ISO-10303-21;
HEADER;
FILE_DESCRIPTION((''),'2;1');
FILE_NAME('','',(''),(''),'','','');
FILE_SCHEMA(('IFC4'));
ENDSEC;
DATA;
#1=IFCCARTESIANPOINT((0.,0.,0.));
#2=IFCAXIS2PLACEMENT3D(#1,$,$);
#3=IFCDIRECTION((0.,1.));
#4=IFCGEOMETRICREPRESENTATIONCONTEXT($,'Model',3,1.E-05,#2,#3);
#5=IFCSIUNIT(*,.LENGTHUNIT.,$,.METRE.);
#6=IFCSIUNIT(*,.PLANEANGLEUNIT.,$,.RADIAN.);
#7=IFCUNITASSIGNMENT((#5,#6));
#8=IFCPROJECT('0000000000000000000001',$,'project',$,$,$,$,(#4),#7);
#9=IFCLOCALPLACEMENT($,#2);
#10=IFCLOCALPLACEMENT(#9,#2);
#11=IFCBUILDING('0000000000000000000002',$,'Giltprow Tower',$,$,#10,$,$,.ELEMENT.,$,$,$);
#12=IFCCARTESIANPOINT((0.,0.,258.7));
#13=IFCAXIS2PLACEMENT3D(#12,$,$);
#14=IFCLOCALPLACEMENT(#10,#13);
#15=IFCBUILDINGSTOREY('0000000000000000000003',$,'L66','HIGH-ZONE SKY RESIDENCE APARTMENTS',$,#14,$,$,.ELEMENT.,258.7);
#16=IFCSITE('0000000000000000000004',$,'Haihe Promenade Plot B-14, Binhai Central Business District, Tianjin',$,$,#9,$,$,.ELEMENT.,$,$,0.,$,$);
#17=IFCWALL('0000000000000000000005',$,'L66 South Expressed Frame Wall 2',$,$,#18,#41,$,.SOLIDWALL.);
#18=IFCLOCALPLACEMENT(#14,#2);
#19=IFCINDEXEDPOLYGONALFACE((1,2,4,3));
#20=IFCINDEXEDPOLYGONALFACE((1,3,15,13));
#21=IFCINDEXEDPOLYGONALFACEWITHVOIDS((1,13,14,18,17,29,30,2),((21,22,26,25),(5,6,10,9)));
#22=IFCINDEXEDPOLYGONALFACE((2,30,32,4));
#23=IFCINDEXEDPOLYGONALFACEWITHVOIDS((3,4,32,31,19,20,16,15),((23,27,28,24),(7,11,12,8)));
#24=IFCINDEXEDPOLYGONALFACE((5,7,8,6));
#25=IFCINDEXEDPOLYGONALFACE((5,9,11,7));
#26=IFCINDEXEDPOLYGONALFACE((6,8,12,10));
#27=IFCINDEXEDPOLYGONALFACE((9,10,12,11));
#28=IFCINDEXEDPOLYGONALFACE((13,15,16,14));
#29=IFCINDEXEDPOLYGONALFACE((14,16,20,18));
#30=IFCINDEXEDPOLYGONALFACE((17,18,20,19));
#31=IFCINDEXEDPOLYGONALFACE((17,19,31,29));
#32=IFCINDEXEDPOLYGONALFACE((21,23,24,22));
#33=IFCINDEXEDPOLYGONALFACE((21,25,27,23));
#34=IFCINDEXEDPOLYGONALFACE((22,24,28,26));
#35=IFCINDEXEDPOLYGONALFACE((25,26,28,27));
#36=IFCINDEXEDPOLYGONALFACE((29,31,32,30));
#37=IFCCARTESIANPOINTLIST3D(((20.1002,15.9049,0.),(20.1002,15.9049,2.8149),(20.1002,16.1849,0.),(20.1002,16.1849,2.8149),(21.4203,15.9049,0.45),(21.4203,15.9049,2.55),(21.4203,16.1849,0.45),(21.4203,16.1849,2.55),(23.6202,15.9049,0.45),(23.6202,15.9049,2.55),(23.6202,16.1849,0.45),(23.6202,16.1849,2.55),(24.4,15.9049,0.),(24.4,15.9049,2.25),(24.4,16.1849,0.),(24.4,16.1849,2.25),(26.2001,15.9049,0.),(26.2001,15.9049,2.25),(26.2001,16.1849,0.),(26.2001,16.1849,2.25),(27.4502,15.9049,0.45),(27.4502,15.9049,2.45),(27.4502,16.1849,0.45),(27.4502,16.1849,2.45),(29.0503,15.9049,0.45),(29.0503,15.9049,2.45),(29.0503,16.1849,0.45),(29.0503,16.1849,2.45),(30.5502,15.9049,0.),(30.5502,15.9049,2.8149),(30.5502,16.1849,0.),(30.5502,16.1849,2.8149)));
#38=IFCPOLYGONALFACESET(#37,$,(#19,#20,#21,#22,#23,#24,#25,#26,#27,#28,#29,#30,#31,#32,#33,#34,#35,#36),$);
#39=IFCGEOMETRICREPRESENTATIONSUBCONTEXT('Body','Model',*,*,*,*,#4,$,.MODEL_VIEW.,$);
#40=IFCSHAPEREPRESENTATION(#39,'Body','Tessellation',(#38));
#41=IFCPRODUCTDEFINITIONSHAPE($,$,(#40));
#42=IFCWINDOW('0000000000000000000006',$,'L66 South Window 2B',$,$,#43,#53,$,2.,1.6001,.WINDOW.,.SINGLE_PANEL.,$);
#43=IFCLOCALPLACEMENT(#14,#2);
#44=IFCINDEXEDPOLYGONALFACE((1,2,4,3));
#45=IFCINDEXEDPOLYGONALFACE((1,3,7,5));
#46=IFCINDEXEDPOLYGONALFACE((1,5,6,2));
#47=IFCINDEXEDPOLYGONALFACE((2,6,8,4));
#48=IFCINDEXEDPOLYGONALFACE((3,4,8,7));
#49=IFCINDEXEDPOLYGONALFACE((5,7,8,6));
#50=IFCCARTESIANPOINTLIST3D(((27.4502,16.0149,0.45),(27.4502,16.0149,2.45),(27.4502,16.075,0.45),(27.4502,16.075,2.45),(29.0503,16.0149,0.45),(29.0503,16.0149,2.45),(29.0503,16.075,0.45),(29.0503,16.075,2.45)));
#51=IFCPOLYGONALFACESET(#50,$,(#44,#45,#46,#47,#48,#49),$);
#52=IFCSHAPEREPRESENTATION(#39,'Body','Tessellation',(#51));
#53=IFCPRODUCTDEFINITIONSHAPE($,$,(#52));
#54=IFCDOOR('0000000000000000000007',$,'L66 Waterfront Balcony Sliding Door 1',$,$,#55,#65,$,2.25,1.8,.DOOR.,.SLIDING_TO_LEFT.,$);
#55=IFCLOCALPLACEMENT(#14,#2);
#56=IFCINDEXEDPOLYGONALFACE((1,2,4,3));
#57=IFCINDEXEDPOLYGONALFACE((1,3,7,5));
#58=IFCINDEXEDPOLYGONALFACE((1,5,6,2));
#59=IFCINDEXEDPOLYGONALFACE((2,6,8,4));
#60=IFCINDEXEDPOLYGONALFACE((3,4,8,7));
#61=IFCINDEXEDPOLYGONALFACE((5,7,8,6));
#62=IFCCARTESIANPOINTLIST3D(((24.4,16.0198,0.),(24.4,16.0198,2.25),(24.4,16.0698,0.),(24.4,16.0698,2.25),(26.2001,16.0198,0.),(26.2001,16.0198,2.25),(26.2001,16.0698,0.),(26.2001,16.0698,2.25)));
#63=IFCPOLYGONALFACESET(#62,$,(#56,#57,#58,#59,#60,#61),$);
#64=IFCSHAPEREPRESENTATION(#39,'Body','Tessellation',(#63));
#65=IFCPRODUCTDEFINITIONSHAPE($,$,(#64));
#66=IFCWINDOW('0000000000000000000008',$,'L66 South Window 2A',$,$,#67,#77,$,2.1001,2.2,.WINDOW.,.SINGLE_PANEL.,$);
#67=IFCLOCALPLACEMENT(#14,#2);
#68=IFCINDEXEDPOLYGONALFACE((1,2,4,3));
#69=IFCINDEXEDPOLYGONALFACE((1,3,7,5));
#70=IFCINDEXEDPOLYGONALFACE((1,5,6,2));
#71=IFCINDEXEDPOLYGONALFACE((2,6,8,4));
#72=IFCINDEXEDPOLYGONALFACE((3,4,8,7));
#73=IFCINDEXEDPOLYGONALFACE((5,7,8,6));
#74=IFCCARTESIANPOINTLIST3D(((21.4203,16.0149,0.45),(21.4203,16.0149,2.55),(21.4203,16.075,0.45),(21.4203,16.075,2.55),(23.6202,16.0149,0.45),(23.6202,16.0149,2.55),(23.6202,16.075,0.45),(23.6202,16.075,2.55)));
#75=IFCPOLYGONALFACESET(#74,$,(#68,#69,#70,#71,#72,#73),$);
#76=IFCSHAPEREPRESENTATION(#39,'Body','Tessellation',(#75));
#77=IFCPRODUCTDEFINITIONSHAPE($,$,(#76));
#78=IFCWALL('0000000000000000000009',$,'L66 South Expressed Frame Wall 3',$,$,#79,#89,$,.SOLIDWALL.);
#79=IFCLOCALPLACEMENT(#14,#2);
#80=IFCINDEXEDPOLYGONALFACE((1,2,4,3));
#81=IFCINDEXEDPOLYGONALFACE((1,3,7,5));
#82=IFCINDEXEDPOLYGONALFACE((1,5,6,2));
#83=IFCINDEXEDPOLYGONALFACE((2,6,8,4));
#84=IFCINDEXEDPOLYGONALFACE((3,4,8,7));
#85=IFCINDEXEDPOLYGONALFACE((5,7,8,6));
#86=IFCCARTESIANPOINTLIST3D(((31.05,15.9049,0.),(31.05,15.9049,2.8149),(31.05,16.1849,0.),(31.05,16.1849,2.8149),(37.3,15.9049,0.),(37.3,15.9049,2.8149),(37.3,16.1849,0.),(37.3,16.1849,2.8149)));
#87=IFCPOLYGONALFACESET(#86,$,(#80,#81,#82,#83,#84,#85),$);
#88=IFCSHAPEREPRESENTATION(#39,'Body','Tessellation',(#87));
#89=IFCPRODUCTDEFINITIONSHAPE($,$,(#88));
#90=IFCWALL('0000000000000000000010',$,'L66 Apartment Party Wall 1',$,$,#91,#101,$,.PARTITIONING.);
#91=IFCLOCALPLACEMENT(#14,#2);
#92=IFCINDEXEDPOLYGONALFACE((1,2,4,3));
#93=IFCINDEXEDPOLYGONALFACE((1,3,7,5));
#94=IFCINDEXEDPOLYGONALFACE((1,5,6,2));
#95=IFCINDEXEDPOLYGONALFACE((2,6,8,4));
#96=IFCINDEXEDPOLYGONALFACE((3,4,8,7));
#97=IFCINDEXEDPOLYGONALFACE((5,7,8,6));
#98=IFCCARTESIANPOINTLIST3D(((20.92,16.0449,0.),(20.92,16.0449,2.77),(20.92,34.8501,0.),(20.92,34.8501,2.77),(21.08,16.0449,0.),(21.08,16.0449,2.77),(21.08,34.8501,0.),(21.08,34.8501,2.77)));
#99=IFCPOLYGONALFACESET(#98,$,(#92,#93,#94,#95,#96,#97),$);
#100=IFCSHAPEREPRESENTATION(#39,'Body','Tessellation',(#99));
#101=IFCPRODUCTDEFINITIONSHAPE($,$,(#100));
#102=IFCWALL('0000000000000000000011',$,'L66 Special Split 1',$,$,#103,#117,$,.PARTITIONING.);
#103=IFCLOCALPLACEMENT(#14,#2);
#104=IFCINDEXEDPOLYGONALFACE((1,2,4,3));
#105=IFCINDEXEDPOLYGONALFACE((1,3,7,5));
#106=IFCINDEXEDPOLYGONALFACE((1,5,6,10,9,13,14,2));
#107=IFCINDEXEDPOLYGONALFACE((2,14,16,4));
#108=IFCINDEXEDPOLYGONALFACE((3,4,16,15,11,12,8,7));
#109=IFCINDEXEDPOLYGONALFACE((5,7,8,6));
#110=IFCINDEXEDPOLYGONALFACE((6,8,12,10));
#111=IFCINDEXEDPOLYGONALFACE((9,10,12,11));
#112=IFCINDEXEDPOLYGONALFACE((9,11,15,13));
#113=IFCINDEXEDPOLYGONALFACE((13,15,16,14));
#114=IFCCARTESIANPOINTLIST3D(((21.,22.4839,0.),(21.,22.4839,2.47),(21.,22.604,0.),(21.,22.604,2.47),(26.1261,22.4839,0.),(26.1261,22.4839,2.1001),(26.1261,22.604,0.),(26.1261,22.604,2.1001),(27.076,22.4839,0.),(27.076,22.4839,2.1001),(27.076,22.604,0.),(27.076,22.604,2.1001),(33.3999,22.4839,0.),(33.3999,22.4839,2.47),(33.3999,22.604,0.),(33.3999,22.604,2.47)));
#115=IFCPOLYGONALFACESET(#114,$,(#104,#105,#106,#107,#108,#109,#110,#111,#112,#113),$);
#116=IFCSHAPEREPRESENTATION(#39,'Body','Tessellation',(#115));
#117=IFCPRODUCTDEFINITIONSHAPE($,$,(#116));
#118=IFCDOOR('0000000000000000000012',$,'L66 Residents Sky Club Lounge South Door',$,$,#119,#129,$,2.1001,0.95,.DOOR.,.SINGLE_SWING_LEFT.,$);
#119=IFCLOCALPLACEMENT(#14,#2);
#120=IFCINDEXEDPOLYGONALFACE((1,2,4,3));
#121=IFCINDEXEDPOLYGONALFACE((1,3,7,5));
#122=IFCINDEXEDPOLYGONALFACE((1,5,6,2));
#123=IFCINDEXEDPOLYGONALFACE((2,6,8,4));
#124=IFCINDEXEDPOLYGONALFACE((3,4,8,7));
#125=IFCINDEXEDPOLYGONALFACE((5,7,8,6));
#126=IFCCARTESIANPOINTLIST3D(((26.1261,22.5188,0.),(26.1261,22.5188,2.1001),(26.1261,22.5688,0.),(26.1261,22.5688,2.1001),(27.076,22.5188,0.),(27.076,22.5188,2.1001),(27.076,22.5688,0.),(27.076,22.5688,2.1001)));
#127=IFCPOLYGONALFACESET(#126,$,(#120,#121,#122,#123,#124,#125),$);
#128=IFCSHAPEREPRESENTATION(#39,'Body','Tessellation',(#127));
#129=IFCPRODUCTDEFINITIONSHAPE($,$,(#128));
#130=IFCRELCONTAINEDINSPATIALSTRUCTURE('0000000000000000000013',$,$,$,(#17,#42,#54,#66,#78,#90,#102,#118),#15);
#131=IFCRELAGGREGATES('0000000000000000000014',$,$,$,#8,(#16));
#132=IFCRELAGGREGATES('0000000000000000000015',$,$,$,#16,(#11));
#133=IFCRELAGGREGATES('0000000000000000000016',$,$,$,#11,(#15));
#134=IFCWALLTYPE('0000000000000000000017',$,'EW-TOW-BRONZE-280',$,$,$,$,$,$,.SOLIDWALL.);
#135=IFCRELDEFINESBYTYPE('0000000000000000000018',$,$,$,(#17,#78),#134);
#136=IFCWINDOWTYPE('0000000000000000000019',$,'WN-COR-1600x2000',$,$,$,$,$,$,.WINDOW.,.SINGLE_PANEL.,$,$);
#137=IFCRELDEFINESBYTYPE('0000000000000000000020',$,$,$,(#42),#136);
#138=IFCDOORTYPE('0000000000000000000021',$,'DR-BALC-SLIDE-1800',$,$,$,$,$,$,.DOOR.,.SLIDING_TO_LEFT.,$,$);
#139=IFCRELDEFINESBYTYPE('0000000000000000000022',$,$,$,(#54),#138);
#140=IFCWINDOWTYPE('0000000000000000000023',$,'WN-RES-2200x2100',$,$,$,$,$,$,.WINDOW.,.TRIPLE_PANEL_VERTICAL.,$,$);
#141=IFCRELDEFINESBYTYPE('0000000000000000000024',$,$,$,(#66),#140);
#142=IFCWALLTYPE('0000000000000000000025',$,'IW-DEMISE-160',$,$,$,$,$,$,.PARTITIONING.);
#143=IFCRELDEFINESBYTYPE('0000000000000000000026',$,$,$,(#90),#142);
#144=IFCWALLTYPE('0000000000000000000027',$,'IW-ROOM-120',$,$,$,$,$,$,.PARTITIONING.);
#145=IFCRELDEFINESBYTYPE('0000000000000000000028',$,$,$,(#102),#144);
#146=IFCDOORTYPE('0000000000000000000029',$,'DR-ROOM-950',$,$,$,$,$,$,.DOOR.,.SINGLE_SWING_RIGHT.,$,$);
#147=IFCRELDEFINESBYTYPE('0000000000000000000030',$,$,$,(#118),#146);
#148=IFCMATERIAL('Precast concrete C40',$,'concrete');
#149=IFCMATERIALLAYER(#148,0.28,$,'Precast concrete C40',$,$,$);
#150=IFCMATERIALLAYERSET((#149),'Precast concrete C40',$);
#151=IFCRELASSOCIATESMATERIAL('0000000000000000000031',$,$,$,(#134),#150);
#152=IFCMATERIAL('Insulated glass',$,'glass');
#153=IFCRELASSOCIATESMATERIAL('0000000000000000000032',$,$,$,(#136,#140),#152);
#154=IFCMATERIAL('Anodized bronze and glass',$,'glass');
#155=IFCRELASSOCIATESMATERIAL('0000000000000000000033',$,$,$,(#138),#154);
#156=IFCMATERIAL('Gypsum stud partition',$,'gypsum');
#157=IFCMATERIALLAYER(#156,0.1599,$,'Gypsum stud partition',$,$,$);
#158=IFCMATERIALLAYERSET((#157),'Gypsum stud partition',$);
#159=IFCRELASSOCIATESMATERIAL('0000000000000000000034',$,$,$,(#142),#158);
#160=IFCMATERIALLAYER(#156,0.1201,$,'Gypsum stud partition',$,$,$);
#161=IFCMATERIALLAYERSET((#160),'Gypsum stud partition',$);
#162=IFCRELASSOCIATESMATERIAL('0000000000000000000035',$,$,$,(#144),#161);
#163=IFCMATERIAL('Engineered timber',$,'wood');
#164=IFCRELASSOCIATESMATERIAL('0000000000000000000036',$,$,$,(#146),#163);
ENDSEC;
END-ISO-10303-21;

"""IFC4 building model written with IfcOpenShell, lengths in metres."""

from ifc_helpers import new_model, si_unit, direction, frame, frame_2d, origin, place, context, subcontext, project, spatial, rectangle, extrude, source, transform, mapped, material, layer, layer_set, type_object, element, fill, save


model = new_model("IFC4")

# Units and contexts
model_context = context("Model", 3, precision=1e-05, world=origin(), true_north=direction((0.0, 1.0)))
body_context = subcontext(model_context, "Body", "Model", "MODEL_VIEW")
ifc_project = project(units=[si_unit("LENGTHUNIT", "METRE"), si_unit("PLANEANGLEUNIT", "RADIAN")], contexts=[model_context])

# Site, building, storey
site_placement = place(None, origin())
site = spatial("IfcSite", under=ifc_project, at=site_placement, Name="Haihe Promenade Plot B-14, Binhai Central Business District, Tianjin", CompositionType="ELEMENT", RefElevation=0.0)
building_placement = place(site_placement, origin())
building = spatial("IfcBuilding", under=site, at=building_placement, Name="Giltprow Tower", CompositionType="ELEMENT")
storey_placement = place(building_placement, frame((0.0, 0.0, 258.7)))
storey = spatial("IfcBuildingStorey", under=building, at=storey_placement, Name="L66", Description="HIGH-ZONE SKY RESIDENCE APARTMENTS", CompositionType="ELEMENT", Elevation=258.7)

# Wall, openings, windows, door
ifc_material_1 = material(Name="Precast concrete C40", Category="concrete")
ifc_layer_1 = layer(ifc_material_1, 0.28, Name="Precast concrete C40")
ifc_layer_set_1 = layer_set([ifc_layer_1], Name="Precast concrete C40")
wall_type_1 = type_object("IfcWallType", Name="EW-TOW-BRONZE-280", PredefinedType="SOLIDWALL", material=ifc_layer_set_1)
wall_1_placement = place(storey_placement, frame((20.1001, 16.0449, 0.0), z_axis=(0.0, 0.0, 1.0), x_axis=(1.0, 0.0, 0.0)))
wall_1 = element("IfcWall", 1, at=wall_1_placement, inside=storey, type_object=wall_type_1, Name="L66 South Expressed Frame Wall 2", PredefinedType="SOLIDWALL", context=body_context, shape_type="SweptSolid", body=[
    extrude(rectangle(XDim=10.45, YDim=0.28, at=frame_2d((5.2251, 0.0))), origin(), (0.0, 0.0, 1.0), 2.8149),
])
opening_1_placement = place(wall_1_placement, frame((4.3, 0.0, 0.0)))
opening_1 = element("IfcOpeningElement", 2, at=opening_1_placement, cuts=wall_1, PredefinedType="OPENING", context=body_context, shape_type="SweptSolid", body=[
    extrude(rectangle(XDim=1.8, YDim=2.25, at=frame_2d((0.8999, 1.125))), frame((0.0, 0.1499, 0.0), z_axis=(0.0, -1.0, 0.0), x_axis=(1.0, 0.0, 0.0)), (0.0, 0.0, 1.0), 0.3),
])
opening_2_placement = place(wall_1_placement, frame((1.3201, 0.0, 0.45)))
opening_2 = element("IfcOpeningElement", 3, at=opening_2_placement, cuts=wall_1, PredefinedType="OPENING", context=body_context, shape_type="SweptSolid", body=[
    extrude(rectangle(XDim=2.2, YDim=2.1001, at=frame_2d((1.1001, 1.05))), frame((0.0, 0.1499, 0.0), z_axis=(0.0, -1.0, 0.0), x_axis=(1.0, 0.0, 0.0)), (0.0, 0.0, 1.0), 0.3),
])
opening_3_placement = place(wall_1_placement, frame((7.3501, 0.0, 0.45)))
opening_3 = element("IfcOpeningElement", 4, at=opening_3_placement, cuts=wall_1, PredefinedType="OPENING", context=body_context, shape_type="SweptSolid", body=[
    extrude(rectangle(XDim=1.6001, YDim=2.0, at=frame_2d((0.8, 1.0))), frame((0.0, 0.1499, 0.0), z_axis=(0.0, -1.0, 0.0), x_axis=(1.0, 0.0, 0.0)), (0.0, 0.0, 1.0), 0.3),
])
ifc_material_2 = material(Name="Insulated glass", Category="glass")
window_type_1 = type_object("IfcWindowType", Name="WN-COR-1600x2000", PartitioningType="SINGLE_PANEL", PredefinedType="WINDOW", material=ifc_material_2)
shared_shape_1 = source(origin(), body_context, "Body", "SweptSolid", [
    extrude(rectangle(XDim=1.6001, YDim=2.0, at=frame_2d((0.8, 1.0))), frame((0.0, 0.03, 0.0), z_axis=(0.0, -1.0, 0.0), x_axis=(1.0, 0.0, 0.0)), (0.0, 0.0, 1.0), 0.0601),
])
window_1_placement = place(opening_3_placement, origin())
window_1 = element("IfcWindow", 5, at=window_1_placement, inside=storey, type_object=window_type_1, Name="L66 South Window 2B", OverallHeight=2.0, OverallWidth=1.6001, PartitioningType="SINGLE_PANEL", PredefinedType="WINDOW", context=body_context, shape_type="MappedRepresentation", body=[
    mapped(shared_shape_1, transform((0.0, 0.0, 0.0), x_axis=(1.0, 0.0, 0.0), y_axis=(0.0, 1.0, 0.0), z_axis=(0.0, 0.0, 1.0), scale=1.0)),
])
fill(opening_3, window_1)
ifc_material_3 = material(Name="Anodized bronze and glass", Category="glass")
door_type_1 = type_object("IfcDoorType", Name="DR-BALC-SLIDE-1800", OperationType="SLIDING_TO_LEFT", PredefinedType="DOOR", material=ifc_material_3)
shared_shape_2 = source(origin(), body_context, "Body", "SweptSolid", [
    extrude(rectangle(XDim=1.8, YDim=2.25, at=frame_2d((0.8999, 1.125))), frame((0.0, 0.0249, 0.0), z_axis=(0.0, -1.0, 0.0), x_axis=(1.0, 0.0, 0.0)), (0.0, 0.0, 1.0), 0.05),
])
door_1_placement = place(opening_1_placement, origin())
door_1 = element("IfcDoor", 6, at=door_1_placement, inside=storey, type_object=door_type_1, Name="L66 Waterfront Balcony Sliding Door 1", OperationType="SLIDING_TO_LEFT", OverallHeight=2.25, OverallWidth=1.8, PredefinedType="DOOR", context=body_context, shape_type="MappedRepresentation", body=[
    mapped(shared_shape_2, transform((0.0, 0.0, 0.0), x_axis=(1.0, 0.0, 0.0), y_axis=(0.0, 1.0, 0.0), z_axis=(0.0, 0.0, 1.0), scale=1.0)),
])
fill(opening_1, door_1)
window_type_2 = type_object("IfcWindowType", Name="WN-RES-2200x2100", PartitioningType="TRIPLE_PANEL_VERTICAL", PredefinedType="WINDOW", material=ifc_material_2)
shared_shape_3 = source(origin(), body_context, "Body", "SweptSolid", [
    extrude(rectangle(XDim=2.2, YDim=2.1001, at=frame_2d((1.1001, 1.05))), frame((0.0, 0.03, 0.0), z_axis=(0.0, -1.0, 0.0), x_axis=(1.0, 0.0, 0.0)), (0.0, 0.0, 1.0), 0.0601),
])
window_2_placement = place(opening_2_placement, origin())
window_2 = element("IfcWindow", 7, at=window_2_placement, inside=storey, type_object=window_type_2, Name="L66 South Window 2A", OverallHeight=2.1001, OverallWidth=2.2, PartitioningType="SINGLE_PANEL", PredefinedType="WINDOW", context=body_context, shape_type="MappedRepresentation", body=[
    mapped(shared_shape_3, transform((0.0, 0.0, 0.0), x_axis=(1.0, 0.0, 0.0), y_axis=(0.0, 1.0, 0.0), z_axis=(0.0, 0.0, 1.0), scale=1.0)),
])
fill(opening_2, window_2)

# Walls
wall_2_placement = place(storey_placement, frame((31.05, 16.0449, 0.0), z_axis=(0.0, 0.0, 1.0), x_axis=(1.0, 0.0, 0.0)))
element("IfcWall", 8, at=wall_2_placement, inside=storey, type_object=wall_type_1, Name="L66 South Expressed Frame Wall 3", PredefinedType="SOLIDWALL", context=body_context, shape_type="SweptSolid", body=[
    extrude(rectangle(XDim=6.25, YDim=0.28, at=frame_2d((3.125, 0.0))), origin(), (0.0, 0.0, 1.0), 2.8149),
])
ifc_material_4 = material(Name="Gypsum stud partition", Category="gypsum")
ifc_layer_2 = layer(ifc_material_4, 0.1599, Name="Gypsum stud partition")
ifc_layer_set_2 = layer_set([ifc_layer_2], Name="Gypsum stud partition")
wall_type_2 = type_object("IfcWallType", Name="IW-DEMISE-160", PredefinedType="PARTITIONING", material=ifc_layer_set_2)
wall_3_placement = place(storey_placement, frame((21.0, 16.0449, 0.0), z_axis=(0.0, 0.0, 1.0), x_axis=(0.0, 1.0, 0.0)))
element("IfcWall", 9, at=wall_3_placement, inside=storey, type_object=wall_type_2, Name="L66 Apartment Party Wall 1", PredefinedType="PARTITIONING", context=body_context, shape_type="SweptSolid", body=[
    extrude(rectangle(XDim=18.8052, YDim=0.1599, at=frame_2d((9.4026, 0.0))), origin(), (0.0, 0.0, 1.0), 2.77),
])

# Wall, opening, door
ifc_layer_3 = layer(ifc_material_4, 0.1201, Name="Gypsum stud partition")
ifc_layer_set_3 = layer_set([ifc_layer_3], Name="Gypsum stud partition")
wall_type_3 = type_object("IfcWallType", Name="IW-ROOM-120", PredefinedType="PARTITIONING", material=ifc_layer_set_3)
wall_4_placement = place(storey_placement, frame((21.0, 22.5439, 0.0), z_axis=(0.0, 0.0, 1.0), x_axis=(1.0, 0.0, 0.0)))
wall_4 = element("IfcWall", 10, at=wall_4_placement, inside=storey, type_object=wall_type_3, Name="L66 Special Split 1", PredefinedType="PARTITIONING", context=body_context, shape_type="SweptSolid", body=[
    extrude(rectangle(XDim=12.3999, YDim=0.1201, at=frame_2d((6.2, 0.0))), origin(), (0.0, 0.0, 1.0), 2.47),
])
opening_4_placement = place(wall_4_placement, frame((5.126, 0.0, 0.0)))
opening_4 = element("IfcOpeningElement", 11, at=opening_4_placement, cuts=wall_4, PredefinedType="OPENING", context=body_context, shape_type="SweptSolid", body=[
    extrude(rectangle(XDim=0.95, YDim=2.1001, at=frame_2d((0.4751, 1.05))), frame((0.0, 0.0701, 0.0), z_axis=(0.0, -1.0, 0.0), x_axis=(1.0, 0.0, 0.0)), (0.0, 0.0, 1.0), 0.1401),
])
ifc_material_5 = material(Name="Engineered timber", Category="wood")
door_type_2 = type_object("IfcDoorType", Name="DR-ROOM-950", OperationType="SINGLE_SWING_RIGHT", PredefinedType="DOOR", material=ifc_material_5)
shared_shape_4 = source(origin(), body_context, "Body", "SweptSolid", [
    extrude(rectangle(XDim=0.95, YDim=2.1001, at=frame_2d((0.4751, 1.05))), frame((0.0, 0.0249, 0.0), z_axis=(0.0, -1.0, 0.0), x_axis=(1.0, 0.0, 0.0)), (0.0, 0.0, 1.0), 0.05),
])
door_2_placement = place(opening_4_placement, origin())
door_2 = element("IfcDoor", 12, at=door_2_placement, inside=storey, type_object=door_type_2, Name="L66 Residents Sky Club Lounge South Door", OperationType="SINGLE_SWING_LEFT", OverallHeight=2.1001, OverallWidth=0.95, PredefinedType="DOOR", context=body_context, shape_type="MappedRepresentation", body=[
    mapped(shared_shape_4, transform((0.0, 0.0, 0.0), x_axis=(1.0, 0.0, 0.0), y_axis=(0.0, 1.0, 0.0), z_axis=(0.0, 0.0, 1.0), scale=1.0)),
])
fill(opening_4, door_2)

save(model, "model.ifc")
